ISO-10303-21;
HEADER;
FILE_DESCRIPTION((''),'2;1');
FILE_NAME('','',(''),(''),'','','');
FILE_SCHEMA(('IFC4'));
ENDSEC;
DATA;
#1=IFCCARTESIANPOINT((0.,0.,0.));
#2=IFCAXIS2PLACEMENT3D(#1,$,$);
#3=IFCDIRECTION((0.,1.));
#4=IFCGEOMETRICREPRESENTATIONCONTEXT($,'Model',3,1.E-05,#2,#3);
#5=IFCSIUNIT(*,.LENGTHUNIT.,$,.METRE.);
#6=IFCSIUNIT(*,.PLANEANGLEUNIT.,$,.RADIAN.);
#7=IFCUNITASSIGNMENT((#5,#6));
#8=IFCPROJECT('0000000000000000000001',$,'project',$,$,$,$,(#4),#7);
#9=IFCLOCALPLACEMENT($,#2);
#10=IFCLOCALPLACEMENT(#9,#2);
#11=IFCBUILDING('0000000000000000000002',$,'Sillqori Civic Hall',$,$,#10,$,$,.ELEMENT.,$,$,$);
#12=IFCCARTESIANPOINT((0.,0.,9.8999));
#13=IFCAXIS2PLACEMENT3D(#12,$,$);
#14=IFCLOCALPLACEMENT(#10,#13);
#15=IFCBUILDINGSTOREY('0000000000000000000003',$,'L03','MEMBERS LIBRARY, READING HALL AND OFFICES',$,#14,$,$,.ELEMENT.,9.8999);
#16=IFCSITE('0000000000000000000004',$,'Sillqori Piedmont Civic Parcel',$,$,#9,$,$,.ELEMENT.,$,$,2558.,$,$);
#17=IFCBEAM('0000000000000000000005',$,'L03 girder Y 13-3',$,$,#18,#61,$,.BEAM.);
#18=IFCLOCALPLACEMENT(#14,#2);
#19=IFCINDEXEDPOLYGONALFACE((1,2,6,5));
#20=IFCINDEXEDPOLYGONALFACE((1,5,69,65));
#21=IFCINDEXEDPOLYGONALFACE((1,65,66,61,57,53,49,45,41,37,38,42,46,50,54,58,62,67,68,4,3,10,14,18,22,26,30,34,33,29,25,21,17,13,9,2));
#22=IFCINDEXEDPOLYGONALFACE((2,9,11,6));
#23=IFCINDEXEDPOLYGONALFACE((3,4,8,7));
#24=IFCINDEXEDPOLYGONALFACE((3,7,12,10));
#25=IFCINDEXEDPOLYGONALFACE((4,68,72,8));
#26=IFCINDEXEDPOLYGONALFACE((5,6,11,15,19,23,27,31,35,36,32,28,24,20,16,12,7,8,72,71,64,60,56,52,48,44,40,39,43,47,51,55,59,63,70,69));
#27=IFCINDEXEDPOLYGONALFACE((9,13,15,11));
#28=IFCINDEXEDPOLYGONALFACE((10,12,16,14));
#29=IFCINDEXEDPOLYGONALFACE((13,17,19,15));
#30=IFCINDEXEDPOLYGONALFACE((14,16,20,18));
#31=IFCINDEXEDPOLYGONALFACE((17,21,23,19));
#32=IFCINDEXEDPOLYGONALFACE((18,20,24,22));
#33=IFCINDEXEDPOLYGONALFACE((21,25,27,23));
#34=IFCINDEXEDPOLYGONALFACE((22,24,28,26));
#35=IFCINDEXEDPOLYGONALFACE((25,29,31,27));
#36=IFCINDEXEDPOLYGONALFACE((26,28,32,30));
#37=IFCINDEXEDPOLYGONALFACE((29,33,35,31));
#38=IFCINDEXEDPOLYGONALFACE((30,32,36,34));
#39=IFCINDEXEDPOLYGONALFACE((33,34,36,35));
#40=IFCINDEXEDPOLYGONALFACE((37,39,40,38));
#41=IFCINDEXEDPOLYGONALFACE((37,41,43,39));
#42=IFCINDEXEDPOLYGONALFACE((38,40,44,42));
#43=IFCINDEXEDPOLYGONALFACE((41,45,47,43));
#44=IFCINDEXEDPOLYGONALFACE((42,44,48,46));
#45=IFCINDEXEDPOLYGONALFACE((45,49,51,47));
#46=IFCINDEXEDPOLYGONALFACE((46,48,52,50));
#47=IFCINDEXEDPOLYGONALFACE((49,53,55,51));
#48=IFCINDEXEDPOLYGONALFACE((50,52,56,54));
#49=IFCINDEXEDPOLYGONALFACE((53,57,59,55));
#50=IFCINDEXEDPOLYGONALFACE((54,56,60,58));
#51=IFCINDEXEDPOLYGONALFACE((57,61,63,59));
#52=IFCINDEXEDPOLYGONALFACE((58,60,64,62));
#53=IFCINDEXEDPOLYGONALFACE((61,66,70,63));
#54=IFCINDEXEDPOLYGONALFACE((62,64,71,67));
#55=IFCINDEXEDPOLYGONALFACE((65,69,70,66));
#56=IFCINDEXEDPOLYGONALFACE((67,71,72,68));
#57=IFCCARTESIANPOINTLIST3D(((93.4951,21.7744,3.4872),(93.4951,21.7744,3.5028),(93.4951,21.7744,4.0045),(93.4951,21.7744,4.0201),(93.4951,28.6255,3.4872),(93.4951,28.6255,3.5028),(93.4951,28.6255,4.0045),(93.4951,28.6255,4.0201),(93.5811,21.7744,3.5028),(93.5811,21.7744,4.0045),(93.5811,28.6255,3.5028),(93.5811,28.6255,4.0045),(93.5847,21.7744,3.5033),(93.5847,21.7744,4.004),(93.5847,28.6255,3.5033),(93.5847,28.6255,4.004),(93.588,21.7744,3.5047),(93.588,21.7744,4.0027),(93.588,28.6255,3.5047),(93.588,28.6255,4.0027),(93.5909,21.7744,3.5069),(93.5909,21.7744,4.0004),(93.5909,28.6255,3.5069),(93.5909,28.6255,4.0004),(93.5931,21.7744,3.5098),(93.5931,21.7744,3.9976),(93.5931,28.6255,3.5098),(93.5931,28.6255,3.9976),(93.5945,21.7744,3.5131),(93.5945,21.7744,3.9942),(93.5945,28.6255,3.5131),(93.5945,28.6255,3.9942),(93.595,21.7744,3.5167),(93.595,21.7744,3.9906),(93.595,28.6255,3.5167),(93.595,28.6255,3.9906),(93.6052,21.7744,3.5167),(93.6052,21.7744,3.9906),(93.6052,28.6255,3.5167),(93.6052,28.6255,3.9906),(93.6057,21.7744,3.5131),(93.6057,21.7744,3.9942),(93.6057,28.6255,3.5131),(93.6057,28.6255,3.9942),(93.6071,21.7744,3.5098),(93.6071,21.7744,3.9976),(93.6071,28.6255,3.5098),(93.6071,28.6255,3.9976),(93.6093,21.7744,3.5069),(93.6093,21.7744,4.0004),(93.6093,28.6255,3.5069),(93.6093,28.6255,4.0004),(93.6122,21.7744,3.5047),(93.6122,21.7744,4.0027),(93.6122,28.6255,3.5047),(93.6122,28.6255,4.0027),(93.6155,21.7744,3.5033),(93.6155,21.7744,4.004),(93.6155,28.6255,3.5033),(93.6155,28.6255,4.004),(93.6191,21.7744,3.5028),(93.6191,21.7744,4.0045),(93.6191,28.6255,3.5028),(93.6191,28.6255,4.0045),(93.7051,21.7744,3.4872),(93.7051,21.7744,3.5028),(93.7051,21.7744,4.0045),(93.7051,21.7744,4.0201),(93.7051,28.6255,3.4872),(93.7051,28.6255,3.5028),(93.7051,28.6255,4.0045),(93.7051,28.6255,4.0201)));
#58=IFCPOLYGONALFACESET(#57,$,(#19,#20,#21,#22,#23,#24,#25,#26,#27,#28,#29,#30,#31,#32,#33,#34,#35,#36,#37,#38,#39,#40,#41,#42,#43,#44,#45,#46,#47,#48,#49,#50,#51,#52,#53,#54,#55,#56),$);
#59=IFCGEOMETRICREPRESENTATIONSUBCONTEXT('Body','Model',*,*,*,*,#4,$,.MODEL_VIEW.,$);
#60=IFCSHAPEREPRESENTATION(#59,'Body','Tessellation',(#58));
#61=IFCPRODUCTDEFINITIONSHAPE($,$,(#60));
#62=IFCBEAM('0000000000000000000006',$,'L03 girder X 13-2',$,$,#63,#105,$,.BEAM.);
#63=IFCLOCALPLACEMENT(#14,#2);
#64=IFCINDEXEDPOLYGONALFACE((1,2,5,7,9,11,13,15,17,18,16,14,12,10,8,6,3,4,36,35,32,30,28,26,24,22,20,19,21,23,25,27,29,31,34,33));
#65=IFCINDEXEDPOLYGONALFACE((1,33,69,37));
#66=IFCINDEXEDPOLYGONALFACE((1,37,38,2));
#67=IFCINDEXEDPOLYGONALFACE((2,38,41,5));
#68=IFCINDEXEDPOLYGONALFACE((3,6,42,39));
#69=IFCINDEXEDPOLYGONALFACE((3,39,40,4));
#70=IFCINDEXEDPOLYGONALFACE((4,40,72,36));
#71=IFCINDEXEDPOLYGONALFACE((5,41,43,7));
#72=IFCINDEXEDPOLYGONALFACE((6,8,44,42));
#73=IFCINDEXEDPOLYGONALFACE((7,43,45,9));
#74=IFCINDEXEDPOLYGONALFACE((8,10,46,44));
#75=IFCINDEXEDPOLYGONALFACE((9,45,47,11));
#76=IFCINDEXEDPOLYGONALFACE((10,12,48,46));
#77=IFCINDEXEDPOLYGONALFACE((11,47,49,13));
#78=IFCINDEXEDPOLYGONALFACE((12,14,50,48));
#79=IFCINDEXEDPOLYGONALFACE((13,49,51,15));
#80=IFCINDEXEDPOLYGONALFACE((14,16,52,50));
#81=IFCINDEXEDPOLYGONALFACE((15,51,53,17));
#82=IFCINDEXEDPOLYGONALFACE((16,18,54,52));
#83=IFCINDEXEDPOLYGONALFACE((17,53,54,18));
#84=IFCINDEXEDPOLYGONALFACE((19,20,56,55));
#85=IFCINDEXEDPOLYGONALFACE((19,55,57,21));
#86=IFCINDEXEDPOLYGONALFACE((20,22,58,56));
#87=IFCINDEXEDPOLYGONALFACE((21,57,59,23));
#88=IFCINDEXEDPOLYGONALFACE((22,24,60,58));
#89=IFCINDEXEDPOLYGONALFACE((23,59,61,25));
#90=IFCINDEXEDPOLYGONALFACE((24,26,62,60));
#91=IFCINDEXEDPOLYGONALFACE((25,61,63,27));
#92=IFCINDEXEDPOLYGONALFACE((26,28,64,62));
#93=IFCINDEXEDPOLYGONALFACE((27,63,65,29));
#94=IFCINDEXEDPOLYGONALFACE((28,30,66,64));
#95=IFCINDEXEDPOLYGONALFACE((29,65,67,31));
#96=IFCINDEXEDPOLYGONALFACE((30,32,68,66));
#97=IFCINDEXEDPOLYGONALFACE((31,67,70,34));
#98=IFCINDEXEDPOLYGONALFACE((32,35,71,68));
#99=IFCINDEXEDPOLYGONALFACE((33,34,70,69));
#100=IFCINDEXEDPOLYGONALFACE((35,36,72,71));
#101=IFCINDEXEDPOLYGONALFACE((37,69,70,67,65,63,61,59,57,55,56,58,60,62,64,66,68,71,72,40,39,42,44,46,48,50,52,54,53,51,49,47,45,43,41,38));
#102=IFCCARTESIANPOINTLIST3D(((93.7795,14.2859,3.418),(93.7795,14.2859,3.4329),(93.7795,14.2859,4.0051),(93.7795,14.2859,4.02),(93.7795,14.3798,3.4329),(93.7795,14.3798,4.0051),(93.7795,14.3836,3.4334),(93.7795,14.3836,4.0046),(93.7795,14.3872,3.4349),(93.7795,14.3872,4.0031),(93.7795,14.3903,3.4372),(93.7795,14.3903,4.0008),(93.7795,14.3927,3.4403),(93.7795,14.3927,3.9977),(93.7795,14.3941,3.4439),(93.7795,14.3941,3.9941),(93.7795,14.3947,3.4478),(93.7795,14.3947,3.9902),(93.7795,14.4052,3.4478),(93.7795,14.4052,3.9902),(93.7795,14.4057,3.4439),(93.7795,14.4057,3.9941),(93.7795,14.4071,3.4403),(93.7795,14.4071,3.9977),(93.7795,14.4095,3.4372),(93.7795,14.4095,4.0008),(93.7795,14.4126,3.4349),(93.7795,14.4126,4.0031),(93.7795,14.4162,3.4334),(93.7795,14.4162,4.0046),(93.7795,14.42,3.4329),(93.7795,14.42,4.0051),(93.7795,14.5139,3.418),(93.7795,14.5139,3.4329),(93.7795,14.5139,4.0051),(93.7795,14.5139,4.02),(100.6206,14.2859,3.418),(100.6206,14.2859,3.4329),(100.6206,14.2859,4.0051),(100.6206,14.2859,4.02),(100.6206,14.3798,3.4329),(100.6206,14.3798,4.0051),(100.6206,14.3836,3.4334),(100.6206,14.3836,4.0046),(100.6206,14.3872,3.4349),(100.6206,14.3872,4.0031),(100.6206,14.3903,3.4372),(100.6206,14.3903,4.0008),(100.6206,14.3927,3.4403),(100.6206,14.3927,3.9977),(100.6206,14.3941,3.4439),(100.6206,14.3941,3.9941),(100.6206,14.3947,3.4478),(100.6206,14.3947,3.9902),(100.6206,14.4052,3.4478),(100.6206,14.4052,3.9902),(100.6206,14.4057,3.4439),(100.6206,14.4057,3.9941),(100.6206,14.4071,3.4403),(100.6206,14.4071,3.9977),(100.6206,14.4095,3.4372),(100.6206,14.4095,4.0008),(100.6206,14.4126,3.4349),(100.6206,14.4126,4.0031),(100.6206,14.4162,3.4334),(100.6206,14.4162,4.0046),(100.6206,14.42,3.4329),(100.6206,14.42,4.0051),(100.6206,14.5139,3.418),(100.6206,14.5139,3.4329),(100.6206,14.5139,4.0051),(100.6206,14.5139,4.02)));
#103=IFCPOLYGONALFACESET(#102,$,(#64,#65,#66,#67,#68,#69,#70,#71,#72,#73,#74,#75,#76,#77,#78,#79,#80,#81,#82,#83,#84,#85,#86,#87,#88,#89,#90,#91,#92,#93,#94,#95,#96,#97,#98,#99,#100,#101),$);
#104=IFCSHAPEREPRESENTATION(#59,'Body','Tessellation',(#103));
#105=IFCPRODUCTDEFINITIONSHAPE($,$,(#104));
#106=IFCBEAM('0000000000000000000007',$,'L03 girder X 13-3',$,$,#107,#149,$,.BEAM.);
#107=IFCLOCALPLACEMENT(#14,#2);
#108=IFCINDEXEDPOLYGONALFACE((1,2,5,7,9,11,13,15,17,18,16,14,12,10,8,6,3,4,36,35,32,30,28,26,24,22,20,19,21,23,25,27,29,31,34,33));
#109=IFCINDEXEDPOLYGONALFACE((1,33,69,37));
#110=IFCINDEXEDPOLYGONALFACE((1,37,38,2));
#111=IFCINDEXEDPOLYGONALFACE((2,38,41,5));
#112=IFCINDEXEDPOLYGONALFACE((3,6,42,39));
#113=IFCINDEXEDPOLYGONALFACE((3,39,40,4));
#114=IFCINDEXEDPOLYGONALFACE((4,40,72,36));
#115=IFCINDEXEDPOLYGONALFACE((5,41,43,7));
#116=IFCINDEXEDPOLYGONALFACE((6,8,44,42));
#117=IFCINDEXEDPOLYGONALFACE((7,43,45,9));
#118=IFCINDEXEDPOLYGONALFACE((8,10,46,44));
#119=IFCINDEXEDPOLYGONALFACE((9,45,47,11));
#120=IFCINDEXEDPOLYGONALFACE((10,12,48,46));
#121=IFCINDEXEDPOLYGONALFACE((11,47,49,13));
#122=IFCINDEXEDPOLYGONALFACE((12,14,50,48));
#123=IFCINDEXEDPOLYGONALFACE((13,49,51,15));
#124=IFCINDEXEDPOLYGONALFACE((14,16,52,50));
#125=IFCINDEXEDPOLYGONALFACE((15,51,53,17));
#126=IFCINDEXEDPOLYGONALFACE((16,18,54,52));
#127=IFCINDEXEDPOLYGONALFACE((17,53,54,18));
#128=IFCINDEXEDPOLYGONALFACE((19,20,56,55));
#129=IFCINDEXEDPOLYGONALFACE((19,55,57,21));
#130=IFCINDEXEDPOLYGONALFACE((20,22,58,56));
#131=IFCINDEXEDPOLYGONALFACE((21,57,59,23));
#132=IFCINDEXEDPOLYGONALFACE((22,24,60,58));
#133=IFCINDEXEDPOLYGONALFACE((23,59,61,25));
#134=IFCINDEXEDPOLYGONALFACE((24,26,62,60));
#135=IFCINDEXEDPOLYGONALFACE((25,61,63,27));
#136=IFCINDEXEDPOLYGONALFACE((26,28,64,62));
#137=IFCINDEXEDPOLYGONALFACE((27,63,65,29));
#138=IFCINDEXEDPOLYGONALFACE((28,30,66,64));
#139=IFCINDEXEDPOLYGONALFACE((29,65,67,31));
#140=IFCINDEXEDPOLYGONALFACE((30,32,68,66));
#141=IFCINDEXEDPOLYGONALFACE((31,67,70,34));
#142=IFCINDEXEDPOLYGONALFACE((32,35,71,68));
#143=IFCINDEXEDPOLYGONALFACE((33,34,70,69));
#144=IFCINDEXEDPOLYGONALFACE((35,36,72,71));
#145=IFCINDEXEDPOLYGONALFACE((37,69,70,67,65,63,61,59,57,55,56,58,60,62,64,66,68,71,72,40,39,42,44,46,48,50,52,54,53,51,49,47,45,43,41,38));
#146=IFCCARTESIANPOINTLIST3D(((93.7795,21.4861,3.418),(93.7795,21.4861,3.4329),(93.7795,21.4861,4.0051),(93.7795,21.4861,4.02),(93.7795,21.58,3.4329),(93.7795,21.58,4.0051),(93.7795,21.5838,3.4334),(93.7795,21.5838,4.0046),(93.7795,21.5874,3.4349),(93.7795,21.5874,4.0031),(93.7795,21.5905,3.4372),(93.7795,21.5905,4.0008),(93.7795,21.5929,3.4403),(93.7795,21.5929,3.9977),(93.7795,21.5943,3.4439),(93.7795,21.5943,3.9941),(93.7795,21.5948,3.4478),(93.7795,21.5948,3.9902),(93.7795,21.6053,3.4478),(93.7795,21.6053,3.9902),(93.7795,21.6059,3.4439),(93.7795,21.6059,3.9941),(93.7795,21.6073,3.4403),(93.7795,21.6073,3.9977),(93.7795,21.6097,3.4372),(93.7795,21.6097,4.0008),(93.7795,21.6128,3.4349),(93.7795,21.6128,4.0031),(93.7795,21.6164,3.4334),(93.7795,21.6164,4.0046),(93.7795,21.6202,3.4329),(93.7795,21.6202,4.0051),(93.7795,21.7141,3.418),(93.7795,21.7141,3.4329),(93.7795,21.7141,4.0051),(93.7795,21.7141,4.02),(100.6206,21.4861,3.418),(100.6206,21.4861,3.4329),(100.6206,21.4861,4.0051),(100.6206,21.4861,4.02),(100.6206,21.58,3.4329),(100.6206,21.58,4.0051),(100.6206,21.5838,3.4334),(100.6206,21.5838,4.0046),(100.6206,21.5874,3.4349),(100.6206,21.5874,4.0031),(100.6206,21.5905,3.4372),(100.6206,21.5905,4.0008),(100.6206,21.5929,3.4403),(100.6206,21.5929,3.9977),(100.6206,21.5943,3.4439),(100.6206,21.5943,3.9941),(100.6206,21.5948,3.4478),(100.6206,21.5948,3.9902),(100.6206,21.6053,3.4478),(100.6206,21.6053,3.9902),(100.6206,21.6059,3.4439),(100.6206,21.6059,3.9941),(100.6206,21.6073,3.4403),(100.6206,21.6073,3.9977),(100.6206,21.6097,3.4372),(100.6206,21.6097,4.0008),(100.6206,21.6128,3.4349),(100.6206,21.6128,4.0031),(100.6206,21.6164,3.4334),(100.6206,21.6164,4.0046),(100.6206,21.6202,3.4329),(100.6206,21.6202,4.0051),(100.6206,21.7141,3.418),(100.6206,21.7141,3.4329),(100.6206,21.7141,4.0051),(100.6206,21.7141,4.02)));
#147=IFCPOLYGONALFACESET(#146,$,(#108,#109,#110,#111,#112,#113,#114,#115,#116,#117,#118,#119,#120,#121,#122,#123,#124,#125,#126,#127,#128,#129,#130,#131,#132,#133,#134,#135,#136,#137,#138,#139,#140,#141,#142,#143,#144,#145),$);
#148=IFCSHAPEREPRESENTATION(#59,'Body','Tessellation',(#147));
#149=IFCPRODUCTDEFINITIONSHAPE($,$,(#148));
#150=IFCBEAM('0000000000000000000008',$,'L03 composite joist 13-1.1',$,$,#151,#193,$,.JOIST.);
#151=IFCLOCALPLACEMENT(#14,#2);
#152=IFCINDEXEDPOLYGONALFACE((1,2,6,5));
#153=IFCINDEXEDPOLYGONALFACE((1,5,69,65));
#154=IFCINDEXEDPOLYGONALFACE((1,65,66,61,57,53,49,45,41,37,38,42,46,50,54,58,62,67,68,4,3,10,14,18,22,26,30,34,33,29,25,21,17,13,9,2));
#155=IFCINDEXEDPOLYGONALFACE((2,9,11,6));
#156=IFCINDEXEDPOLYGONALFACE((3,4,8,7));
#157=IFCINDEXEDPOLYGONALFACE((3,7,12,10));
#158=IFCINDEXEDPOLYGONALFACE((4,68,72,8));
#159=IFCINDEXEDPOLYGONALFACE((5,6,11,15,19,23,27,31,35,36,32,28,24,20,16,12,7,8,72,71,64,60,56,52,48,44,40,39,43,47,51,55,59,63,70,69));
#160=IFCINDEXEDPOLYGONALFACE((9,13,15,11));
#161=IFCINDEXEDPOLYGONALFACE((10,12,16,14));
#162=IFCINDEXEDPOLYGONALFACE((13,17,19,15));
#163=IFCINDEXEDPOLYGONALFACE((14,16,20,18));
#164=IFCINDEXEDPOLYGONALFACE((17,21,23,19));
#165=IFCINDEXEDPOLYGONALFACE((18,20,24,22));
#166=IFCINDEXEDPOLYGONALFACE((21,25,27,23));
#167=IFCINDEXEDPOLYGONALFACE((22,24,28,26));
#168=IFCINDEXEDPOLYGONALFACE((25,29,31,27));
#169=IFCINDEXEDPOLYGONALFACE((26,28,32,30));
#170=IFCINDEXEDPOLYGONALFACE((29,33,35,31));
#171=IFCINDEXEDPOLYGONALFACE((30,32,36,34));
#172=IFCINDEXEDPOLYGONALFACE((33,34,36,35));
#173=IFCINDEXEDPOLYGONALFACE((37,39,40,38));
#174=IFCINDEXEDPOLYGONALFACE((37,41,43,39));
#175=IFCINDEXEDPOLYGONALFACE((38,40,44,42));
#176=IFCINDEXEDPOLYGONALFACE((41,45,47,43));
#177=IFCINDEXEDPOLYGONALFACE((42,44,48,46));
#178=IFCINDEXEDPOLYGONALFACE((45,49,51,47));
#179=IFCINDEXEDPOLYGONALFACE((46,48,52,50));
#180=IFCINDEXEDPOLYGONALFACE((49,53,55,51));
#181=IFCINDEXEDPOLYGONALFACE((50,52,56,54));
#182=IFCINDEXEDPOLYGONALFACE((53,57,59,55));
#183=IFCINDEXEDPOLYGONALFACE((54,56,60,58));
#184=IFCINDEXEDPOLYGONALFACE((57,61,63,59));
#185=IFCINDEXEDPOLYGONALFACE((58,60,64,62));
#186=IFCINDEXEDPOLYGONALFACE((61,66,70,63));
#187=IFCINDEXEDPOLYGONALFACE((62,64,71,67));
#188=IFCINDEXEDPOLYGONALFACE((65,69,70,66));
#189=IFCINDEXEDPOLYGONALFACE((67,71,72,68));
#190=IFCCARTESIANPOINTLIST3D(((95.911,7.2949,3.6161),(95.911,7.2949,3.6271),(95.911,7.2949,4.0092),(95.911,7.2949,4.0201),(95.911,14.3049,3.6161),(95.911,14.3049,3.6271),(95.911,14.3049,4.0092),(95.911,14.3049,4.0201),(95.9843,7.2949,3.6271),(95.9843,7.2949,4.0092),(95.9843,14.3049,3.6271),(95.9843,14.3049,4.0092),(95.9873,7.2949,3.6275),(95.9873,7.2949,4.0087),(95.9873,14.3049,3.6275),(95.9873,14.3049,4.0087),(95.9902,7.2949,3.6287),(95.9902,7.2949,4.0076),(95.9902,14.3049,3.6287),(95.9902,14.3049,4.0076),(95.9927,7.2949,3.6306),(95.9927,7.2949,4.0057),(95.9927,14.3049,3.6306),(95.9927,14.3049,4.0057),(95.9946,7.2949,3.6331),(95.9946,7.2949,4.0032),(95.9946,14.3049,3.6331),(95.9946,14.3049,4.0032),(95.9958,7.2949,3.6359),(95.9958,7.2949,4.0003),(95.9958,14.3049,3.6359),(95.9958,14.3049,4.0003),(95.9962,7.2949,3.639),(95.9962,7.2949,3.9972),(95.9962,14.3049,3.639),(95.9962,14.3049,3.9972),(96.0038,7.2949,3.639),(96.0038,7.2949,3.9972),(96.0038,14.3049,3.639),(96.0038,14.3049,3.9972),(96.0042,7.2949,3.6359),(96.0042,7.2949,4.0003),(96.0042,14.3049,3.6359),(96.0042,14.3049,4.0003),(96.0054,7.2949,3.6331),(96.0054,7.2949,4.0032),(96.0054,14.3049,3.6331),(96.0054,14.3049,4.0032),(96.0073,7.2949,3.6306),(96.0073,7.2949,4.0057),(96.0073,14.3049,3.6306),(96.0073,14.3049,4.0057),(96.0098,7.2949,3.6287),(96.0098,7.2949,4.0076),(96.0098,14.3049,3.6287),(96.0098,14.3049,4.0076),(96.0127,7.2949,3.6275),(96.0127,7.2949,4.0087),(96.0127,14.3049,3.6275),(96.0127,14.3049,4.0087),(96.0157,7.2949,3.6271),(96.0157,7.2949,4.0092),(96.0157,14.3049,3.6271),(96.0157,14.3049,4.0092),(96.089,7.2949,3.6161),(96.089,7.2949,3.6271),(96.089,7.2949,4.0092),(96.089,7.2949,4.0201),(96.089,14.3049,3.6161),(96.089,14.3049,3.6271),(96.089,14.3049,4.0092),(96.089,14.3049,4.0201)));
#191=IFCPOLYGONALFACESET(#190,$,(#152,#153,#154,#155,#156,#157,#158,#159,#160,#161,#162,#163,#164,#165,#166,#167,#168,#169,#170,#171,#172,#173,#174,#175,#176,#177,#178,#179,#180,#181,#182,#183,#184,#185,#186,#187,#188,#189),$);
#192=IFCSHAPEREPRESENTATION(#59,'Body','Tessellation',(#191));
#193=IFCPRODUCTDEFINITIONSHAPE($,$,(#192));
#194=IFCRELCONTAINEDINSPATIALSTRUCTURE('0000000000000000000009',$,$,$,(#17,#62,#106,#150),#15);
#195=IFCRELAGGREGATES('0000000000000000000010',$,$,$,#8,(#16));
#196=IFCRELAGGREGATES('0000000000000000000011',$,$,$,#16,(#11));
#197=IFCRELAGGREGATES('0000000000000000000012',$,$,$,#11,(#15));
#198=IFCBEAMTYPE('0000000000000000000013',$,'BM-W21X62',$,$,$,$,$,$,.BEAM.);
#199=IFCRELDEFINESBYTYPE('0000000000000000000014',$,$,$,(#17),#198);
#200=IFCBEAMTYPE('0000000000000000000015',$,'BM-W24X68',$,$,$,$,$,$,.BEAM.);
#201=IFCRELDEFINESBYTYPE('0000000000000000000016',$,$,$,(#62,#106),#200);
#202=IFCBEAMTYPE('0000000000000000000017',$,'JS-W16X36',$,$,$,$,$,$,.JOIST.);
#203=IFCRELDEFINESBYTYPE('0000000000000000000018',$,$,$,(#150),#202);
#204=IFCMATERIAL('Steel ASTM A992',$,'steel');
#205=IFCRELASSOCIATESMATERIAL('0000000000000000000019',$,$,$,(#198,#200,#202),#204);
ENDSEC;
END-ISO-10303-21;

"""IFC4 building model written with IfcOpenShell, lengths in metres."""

from ifc_helpers import new_model, si_unit, direction, frame, origin, origin_2d, place, context, subcontext, project, spatial, i_section, extrude, material, material_profile, profile_set, type_object, element, save


model = new_model("IFC4")

# Units and contexts
model_context = context("Model", 3, precision=1e-05, world=origin(), true_north=direction((0.0, 1.0)))
body_context = subcontext(model_context, "Body", "Model", "MODEL_VIEW")
ifc_project = project(units=[si_unit("LENGTHUNIT", "METRE"), si_unit("PLANEANGLEUNIT", "RADIAN")], contexts=[model_context])

# Site, building, storey
site_placement = place(None, origin())
site = spatial("IfcSite", under=ifc_project, at=site_placement, Name="Sillqori Piedmont Civic Parcel", CompositionType="ELEMENT", RefElevation=2558.0)
building_placement = place(site_placement, origin())
building = spatial("IfcBuilding", under=site, at=building_placement, Name="Sillqori Civic Hall", CompositionType="ELEMENT")
storey_placement = place(building_placement, frame((0.0, 0.0, 9.8999)))
storey = spatial("IfcBuildingStorey", under=building, at=storey_placement, Name="L03", Description="MEMBERS LIBRARY, READING HALL AND OFFICES", CompositionType="ELEMENT", Elevation=9.8999)

# Shared definitions
ifc_material_1 = material(Name="Steel ASTM A992", Category="steel")

# Beams
ifc_material_profile_1 = material_profile(ifc_material_1, i_section(OverallWidth=0.21, OverallDepth=0.533, WebThickness=0.0103, FlangeThickness=0.0156, FilletRadius=0.0139, at=origin_2d()), Name="W21X62")
ifc_profile_set_1 = profile_set([ifc_material_profile_1], Name="Steel ASTM A992")
beam_type_1 = type_object("IfcBeamType", Name="BM-W21X62", PredefinedType="BEAM", material=ifc_profile_set_1)
for number, where, z_axis, x_axis, name in (
    (1, (93.6001, 21.7744, 3.7537), (0.0, 1.0, 0.0), (-1.0, 0.0, 0.0), "L03 girder Y 13-3"),
):
    element("IfcBeam", number, at=place(storey_placement, frame(where, z_axis=z_axis, x_axis=x_axis)), inside=storey, type_object=beam_type_1, Name=name, PredefinedType="BEAM", context=body_context, shape_type="SweptSolid", body=[
        extrude(i_section(OverallWidth=0.21, OverallDepth=0.533, WebThickness=0.0103, FlangeThickness=0.0156, FilletRadius=0.0139, at=origin_2d()), origin(), (0.0, 0.0, 1.0), 6.8511),
    ])
ifc_material_profile_2 = material_profile(ifc_material_1, i_section(OverallWidth=0.228, OverallDepth=0.6021, WebThickness=0.0105, FlangeThickness=0.0149, FilletRadius=0.0149, at=origin_2d()), Name="W24X68")
ifc_profile_set_2 = profile_set([ifc_material_profile_2], Name="Steel ASTM A992")
beam_type_2 = type_object("IfcBeamType", Name="BM-W24X68", PredefinedType="BEAM", material=ifc_profile_set_2)
for number, where, z_axis, x_axis, name in (
    (2, (93.7795, 14.3999, 3.719), (1.0, 0.0, 0.0), (0.0, 1.0, 0.0), "L03 girder X 13-2"),
    (3, (93.7795, 21.6001, 3.719), (1.0, 0.0, 0.0), (0.0, 1.0, 0.0), "L03 girder X 13-3"),
):
    element("IfcBeam", number, at=place(storey_placement, frame(where, z_axis=z_axis, x_axis=x_axis)), inside=storey, type_object=beam_type_2, Name=name, PredefinedType="BEAM", context=body_context, shape_type="SweptSolid", body=[
        extrude(i_section(OverallWidth=0.228, OverallDepth=0.6021, WebThickness=0.0105, FlangeThickness=0.0149, FilletRadius=0.0149, at=origin_2d()), origin(), (0.0, 0.0, 1.0), 6.8411),
    ])
ifc_material_profile_3 = material_profile(ifc_material_1, i_section(OverallWidth=0.178, OverallDepth=0.4041, WebThickness=0.0076, FlangeThickness=0.011, FilletRadius=0.012, at=origin_2d()), Name="W16X36")
ifc_profile_set_3 = profile_set([ifc_material_profile_3], Name="Steel ASTM A992")
beam_type_3 = type_object("IfcBeamType", Name="JS-W16X36", PredefinedType="JOIST", material=ifc_profile_set_3)
for number, where, z_axis, x_axis, name in (
    (4, (96.0, 7.2949, 3.8181), (0.0, 1.0, 0.0), (-1.0, 0.0, 0.0), "L03 composite joist 13-1.1"),
):
    element("IfcBeam", number, at=place(storey_placement, frame(where, z_axis=z_axis, x_axis=x_axis)), inside=storey, type_object=beam_type_3, Name=name, PredefinedType="JOIST", context=body_context, shape_type="SweptSolid", body=[
        extrude(i_section(OverallWidth=0.178, OverallDepth=0.4041, WebThickness=0.0076, FlangeThickness=0.011, FilletRadius=0.012, at=origin_2d()), origin(), (0.0, 0.0, 1.0), 7.01),
    ])

save(model, "model.ifc")
